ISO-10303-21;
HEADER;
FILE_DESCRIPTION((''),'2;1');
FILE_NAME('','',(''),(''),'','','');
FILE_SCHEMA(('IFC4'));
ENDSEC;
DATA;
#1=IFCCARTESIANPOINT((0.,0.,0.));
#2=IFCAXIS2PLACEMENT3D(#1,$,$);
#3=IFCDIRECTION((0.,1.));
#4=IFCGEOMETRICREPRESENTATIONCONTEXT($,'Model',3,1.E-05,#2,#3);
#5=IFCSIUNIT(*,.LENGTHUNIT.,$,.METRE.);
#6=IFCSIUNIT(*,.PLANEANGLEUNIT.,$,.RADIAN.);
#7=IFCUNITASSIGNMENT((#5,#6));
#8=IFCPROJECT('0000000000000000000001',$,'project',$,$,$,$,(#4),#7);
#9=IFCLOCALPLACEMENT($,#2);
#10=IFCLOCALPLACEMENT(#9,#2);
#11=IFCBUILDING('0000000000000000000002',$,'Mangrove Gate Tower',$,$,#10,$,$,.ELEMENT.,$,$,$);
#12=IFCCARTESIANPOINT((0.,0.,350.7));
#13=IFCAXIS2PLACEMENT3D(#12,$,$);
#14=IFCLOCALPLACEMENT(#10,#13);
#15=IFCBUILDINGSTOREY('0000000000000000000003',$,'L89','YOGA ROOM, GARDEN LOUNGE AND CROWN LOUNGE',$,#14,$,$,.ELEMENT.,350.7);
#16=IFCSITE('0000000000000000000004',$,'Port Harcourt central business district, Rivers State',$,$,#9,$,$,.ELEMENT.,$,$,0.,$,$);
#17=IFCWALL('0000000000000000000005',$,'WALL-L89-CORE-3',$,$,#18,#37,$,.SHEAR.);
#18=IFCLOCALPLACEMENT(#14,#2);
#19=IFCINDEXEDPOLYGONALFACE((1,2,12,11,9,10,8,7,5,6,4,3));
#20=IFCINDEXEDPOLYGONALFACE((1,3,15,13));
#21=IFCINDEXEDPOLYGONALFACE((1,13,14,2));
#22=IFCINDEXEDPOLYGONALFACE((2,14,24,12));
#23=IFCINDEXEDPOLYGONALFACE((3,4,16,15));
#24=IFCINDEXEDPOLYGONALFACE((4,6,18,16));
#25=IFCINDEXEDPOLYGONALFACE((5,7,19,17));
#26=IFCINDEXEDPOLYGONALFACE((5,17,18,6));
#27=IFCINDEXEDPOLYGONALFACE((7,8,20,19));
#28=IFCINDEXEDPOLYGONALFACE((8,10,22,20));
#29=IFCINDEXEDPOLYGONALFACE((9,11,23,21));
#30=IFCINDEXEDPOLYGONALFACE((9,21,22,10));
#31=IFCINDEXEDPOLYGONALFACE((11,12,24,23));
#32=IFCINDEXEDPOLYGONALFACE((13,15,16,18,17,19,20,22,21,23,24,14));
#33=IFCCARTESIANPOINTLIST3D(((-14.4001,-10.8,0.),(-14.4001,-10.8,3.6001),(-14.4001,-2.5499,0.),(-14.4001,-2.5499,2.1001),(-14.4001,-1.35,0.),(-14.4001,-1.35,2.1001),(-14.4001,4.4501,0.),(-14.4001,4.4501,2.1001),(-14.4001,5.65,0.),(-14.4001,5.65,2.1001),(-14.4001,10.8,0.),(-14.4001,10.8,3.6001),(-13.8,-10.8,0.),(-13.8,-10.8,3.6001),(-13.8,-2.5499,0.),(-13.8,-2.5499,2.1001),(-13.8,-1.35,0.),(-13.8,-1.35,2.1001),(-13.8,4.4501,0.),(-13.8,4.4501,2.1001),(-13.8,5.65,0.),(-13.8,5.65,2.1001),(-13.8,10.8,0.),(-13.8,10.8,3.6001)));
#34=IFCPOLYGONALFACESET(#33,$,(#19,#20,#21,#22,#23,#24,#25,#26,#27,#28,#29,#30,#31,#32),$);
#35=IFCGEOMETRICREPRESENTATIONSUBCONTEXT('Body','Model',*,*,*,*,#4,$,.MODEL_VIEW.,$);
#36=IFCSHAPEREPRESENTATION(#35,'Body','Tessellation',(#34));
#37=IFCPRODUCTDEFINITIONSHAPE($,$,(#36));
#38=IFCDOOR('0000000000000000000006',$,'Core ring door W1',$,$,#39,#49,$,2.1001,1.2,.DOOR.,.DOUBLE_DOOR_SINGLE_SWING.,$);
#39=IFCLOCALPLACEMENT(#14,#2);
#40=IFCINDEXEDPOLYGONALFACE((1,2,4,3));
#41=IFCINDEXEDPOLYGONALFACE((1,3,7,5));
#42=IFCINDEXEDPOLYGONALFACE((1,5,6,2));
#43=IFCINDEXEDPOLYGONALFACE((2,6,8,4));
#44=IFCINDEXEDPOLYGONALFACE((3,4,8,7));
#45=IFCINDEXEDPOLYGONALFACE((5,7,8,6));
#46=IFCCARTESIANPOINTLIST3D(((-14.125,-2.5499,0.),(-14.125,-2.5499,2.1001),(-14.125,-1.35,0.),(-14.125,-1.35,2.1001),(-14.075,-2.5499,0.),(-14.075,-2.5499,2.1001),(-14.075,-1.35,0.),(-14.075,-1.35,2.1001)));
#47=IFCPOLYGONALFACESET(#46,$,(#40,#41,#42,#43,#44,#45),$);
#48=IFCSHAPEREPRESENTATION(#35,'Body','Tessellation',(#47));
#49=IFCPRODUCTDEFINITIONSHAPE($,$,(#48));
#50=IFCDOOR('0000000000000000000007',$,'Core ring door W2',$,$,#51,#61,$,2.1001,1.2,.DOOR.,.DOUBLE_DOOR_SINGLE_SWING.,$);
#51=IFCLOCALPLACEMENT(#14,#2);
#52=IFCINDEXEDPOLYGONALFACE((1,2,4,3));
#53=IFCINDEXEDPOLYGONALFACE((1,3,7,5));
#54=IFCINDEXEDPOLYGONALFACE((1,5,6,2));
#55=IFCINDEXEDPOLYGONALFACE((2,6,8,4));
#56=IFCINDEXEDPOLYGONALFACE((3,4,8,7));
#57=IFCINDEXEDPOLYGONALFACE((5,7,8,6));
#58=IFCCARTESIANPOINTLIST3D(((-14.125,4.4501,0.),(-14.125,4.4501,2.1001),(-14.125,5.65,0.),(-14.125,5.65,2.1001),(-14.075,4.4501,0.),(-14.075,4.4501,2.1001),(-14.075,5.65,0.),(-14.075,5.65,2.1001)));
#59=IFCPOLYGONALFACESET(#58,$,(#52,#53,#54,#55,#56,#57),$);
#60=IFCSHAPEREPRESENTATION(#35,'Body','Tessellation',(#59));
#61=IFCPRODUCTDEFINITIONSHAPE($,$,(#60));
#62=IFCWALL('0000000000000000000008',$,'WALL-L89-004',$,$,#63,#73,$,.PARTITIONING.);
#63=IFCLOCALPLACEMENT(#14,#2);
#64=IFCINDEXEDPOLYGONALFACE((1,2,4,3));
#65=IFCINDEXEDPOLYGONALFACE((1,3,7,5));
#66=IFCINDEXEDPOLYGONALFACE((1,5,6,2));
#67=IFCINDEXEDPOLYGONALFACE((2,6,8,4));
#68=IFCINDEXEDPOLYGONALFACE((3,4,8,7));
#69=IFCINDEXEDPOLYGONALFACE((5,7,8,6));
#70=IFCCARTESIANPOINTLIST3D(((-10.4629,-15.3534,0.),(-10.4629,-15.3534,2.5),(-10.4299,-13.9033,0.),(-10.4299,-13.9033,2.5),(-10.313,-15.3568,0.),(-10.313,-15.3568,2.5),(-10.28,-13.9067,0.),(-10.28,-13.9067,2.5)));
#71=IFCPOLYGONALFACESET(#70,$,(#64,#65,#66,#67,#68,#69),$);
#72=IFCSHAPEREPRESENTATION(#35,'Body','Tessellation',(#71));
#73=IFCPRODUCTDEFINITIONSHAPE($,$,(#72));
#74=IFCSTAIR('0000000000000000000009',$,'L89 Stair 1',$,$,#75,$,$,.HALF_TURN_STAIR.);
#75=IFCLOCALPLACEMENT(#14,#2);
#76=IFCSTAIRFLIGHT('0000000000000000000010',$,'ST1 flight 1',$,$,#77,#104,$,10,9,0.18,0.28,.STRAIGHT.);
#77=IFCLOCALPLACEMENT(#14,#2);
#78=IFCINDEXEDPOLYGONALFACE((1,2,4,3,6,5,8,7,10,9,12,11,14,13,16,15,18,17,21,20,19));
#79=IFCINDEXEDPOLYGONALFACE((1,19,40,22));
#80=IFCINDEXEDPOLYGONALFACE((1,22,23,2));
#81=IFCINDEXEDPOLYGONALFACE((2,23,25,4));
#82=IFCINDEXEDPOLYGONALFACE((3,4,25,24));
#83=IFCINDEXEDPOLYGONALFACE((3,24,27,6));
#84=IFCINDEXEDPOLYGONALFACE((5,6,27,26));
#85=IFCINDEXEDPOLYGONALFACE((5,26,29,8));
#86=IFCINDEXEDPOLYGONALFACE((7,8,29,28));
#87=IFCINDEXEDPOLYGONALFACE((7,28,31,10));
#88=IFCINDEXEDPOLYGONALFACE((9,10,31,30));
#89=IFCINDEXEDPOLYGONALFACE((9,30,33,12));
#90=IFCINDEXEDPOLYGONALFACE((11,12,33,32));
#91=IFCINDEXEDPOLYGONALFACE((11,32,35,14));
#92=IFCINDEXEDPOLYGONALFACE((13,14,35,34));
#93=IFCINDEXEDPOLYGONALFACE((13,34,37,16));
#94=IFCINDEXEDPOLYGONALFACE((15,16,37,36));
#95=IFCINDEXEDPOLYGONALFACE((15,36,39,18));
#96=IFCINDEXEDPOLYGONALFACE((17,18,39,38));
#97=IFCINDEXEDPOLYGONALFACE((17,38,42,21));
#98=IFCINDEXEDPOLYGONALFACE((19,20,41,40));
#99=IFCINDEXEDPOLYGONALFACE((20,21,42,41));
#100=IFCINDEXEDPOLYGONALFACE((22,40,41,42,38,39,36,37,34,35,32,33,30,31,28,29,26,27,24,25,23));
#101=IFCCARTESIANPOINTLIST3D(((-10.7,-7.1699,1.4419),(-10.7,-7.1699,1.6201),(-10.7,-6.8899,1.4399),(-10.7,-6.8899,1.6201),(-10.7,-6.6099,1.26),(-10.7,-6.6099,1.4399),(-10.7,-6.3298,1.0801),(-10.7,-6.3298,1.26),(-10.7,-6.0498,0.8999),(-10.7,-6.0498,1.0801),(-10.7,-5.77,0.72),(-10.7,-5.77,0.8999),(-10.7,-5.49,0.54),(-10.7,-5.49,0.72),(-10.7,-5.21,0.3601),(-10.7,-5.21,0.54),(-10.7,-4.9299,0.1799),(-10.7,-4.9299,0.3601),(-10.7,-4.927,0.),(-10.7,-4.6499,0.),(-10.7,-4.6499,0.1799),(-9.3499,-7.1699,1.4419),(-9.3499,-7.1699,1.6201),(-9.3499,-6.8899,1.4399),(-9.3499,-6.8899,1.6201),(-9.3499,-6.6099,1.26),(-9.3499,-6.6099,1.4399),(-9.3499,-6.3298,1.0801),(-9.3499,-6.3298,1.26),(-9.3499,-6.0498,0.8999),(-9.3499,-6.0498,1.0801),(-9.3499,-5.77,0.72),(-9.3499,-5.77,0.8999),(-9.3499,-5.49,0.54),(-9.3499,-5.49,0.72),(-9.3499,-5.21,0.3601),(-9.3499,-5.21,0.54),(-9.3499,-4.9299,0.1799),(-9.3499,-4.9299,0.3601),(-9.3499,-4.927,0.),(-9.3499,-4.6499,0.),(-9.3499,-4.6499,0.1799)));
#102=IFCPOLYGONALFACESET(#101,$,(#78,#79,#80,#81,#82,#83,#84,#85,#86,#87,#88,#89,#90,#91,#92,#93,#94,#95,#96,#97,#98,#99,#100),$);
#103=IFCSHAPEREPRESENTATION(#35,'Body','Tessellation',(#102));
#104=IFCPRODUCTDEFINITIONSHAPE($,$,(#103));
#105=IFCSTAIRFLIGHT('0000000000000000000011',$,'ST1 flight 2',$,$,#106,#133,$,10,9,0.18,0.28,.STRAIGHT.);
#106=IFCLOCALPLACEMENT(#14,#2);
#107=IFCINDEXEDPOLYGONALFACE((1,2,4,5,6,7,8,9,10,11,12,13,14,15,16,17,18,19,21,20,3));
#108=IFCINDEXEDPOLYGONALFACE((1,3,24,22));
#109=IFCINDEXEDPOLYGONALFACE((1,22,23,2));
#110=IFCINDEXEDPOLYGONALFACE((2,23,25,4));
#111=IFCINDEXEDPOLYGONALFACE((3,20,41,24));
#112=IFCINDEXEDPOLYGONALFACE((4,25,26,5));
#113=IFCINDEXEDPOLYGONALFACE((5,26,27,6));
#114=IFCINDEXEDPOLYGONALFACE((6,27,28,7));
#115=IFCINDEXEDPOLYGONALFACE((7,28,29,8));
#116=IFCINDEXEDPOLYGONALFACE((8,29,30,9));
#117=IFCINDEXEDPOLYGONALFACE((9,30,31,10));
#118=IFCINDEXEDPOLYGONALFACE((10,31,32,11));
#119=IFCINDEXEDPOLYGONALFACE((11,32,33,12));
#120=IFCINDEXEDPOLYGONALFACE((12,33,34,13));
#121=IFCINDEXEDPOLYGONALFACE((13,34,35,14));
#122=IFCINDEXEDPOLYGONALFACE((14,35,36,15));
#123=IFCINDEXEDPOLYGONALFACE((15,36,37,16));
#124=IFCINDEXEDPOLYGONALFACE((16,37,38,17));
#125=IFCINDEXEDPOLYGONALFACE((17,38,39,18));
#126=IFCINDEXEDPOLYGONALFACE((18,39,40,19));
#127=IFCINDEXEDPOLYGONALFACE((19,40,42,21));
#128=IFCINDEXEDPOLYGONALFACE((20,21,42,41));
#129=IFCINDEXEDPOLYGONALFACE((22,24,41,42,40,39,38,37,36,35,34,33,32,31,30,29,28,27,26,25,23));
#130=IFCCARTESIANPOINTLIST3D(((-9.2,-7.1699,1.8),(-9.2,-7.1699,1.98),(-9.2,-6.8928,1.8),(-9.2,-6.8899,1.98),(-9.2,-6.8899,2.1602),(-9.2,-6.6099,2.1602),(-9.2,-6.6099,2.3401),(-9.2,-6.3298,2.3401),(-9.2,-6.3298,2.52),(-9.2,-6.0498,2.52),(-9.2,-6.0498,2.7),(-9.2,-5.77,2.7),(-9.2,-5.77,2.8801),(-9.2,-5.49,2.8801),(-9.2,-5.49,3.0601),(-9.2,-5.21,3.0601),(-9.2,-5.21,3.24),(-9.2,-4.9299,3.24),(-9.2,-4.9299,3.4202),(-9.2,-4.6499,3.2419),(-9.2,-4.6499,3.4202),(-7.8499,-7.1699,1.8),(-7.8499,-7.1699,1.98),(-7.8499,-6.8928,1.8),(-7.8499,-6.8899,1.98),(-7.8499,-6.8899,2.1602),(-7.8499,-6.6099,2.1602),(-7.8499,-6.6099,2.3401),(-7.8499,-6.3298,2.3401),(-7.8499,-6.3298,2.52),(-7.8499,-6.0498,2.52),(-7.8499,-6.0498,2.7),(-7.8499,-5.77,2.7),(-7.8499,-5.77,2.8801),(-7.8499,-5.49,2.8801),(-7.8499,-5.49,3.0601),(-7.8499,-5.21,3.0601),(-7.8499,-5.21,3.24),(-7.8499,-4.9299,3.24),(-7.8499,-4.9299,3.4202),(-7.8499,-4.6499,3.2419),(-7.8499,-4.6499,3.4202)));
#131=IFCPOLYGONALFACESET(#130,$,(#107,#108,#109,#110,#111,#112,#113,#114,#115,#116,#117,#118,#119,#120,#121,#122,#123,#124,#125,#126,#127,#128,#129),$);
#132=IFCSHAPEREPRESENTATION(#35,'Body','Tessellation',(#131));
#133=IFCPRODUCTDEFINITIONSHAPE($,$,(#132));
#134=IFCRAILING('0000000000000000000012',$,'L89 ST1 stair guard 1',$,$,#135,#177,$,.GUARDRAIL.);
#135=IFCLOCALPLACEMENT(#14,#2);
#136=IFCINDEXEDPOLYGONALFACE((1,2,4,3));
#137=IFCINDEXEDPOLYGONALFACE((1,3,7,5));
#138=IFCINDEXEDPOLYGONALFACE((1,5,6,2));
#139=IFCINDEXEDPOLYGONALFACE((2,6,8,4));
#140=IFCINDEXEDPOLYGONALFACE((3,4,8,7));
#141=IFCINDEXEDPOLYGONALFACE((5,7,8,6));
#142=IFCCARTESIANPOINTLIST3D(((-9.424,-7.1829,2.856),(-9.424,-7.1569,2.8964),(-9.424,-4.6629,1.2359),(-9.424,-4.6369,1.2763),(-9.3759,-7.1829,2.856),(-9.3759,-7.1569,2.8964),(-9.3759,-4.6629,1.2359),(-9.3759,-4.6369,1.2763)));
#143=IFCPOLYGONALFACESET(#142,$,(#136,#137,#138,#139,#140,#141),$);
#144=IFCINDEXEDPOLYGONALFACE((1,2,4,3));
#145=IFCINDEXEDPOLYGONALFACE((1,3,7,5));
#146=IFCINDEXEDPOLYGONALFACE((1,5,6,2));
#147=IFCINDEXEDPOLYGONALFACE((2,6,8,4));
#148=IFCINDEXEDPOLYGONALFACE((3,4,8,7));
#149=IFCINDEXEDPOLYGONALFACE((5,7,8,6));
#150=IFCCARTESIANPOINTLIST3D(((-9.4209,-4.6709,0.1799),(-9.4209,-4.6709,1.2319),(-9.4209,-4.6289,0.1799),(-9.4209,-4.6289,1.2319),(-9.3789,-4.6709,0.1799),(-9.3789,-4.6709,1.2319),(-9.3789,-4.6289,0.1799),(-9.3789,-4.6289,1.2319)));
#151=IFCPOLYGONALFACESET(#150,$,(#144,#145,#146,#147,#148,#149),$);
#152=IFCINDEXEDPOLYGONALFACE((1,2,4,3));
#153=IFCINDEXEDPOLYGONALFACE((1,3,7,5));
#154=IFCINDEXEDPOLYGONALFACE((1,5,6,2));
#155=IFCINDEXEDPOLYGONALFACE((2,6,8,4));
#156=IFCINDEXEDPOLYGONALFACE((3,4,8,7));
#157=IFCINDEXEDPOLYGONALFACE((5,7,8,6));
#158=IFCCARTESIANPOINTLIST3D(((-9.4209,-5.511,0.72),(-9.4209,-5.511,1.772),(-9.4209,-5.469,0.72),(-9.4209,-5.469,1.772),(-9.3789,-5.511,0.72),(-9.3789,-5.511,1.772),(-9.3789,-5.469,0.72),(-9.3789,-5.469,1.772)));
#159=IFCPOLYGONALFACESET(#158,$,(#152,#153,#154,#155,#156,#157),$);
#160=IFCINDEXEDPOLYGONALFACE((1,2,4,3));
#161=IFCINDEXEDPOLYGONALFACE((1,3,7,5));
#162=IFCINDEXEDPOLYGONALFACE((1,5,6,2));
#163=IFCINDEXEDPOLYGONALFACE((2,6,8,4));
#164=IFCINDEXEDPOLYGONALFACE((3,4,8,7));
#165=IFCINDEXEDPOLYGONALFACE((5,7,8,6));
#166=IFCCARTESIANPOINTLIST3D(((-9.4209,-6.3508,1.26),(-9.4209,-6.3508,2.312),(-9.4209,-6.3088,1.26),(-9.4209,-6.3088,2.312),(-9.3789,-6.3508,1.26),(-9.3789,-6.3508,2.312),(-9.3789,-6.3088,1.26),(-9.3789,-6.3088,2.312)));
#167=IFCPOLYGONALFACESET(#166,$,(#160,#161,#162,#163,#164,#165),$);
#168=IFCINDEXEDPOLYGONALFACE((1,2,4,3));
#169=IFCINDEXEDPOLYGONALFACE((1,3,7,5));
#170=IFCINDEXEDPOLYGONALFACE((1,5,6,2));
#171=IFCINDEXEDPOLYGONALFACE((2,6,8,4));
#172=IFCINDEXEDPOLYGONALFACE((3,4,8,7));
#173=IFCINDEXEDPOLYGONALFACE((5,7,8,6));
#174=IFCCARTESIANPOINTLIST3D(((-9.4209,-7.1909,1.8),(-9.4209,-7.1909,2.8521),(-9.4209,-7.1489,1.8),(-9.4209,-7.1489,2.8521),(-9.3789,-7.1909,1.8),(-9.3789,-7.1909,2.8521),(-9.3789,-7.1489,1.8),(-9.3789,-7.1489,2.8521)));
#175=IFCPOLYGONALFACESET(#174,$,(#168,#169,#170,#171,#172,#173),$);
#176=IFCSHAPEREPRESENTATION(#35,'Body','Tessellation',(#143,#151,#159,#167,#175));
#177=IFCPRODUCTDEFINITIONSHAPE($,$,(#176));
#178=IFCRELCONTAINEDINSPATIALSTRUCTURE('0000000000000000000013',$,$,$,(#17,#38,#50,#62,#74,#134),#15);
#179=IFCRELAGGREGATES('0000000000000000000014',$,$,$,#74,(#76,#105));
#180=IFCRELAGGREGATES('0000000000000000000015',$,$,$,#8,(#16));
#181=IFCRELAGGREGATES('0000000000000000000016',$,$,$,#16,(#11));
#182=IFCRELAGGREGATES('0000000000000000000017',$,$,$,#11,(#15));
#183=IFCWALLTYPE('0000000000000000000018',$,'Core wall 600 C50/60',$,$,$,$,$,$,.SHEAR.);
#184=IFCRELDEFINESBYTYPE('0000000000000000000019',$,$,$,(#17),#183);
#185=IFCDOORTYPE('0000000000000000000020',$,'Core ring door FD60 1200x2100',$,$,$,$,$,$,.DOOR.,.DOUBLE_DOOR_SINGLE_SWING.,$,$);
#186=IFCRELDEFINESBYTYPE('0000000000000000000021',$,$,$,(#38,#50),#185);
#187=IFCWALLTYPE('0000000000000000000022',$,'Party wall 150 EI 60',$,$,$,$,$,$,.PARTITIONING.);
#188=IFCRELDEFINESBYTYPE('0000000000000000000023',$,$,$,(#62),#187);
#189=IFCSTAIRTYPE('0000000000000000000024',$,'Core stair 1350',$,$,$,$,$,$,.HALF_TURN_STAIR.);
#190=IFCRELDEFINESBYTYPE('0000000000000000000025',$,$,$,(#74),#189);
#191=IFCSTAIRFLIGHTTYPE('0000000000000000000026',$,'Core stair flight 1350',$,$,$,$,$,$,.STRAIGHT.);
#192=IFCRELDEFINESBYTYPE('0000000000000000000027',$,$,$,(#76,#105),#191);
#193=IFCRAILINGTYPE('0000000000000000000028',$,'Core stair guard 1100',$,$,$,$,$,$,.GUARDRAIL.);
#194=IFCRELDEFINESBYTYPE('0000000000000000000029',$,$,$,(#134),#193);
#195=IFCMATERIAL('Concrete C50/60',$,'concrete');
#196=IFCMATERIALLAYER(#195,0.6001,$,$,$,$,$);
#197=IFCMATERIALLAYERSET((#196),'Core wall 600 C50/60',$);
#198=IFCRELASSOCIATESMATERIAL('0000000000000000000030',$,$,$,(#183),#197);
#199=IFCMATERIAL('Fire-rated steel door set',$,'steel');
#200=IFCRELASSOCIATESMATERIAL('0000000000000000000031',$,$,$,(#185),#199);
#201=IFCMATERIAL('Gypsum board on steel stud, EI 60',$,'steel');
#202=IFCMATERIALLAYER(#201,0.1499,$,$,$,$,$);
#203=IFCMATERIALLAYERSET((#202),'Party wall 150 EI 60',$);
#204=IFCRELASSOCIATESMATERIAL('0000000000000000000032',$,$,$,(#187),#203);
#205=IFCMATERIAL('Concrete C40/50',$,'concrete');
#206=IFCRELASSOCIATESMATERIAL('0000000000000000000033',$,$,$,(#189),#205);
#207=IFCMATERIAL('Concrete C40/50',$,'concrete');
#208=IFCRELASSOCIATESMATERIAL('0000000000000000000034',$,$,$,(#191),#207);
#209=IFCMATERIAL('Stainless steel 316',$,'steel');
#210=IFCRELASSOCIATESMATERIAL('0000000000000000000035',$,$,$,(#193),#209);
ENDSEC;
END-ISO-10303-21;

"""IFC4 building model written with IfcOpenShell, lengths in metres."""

from ifc_helpers import new_model, si_unit, direction, frame, frame_2d, origin, origin_2d, place, context, subcontext, project, spatial, polyline, rectangle, outline, extrude, material, layer, layer_set, type_object, element, fill, aggregate, save


model = new_model("IFC4")

# Units and contexts
model_context = context("Model", 3, precision=1e-05, world=origin(), true_north=direction((0.0, 1.0)))
body_context = subcontext(model_context, "Body", "Model", "MODEL_VIEW")
ifc_project = project(units=[si_unit("LENGTHUNIT", "METRE"), si_unit("PLANEANGLEUNIT", "RADIAN")], contexts=[model_context])

# Site, building, storey
site_placement = place(None, origin())
site = spatial("IfcSite", under=ifc_project, at=site_placement, Name="Port Harcourt central business district, Rivers State", CompositionType="ELEMENT", RefElevation=0.0)
building_placement = place(site_placement, origin())
building = spatial("IfcBuilding", under=site, at=building_placement, Name="Mangrove Gate Tower", CompositionType="ELEMENT")
storey_placement = place(building_placement, frame((0.0, 0.0, 350.7)))
storey = spatial("IfcBuildingStorey", under=building, at=storey_placement, Name="L89", Description="YOGA ROOM, GARDEN LOUNGE AND CROWN LOUNGE", CompositionType="ELEMENT", Elevation=350.7)

# Wall, openings, doors
ifc_material_1 = material(Name="Concrete C50/60", Category="concrete")
ifc_layer_1 = layer(ifc_material_1, 0.6001)
ifc_layer_set_1 = layer_set([ifc_layer_1], Name="Core wall 600 C50/60")
wall_type_1 = type_object("IfcWallType", Name="Core wall 600 C50/60", PredefinedType="SHEAR", material=ifc_layer_set_1)
wall_1_placement = place(storey_placement, frame((-14.1001, -10.8, 0.0), z_axis=(0.0, 0.0, 1.0), x_axis=(0.0, 1.0, 0.0)))
wall_1 = element("IfcWall", 1, at=wall_1_placement, inside=storey, type_object=wall_type_1, Name="WALL-L89-CORE-3", PredefinedType="SHEAR", context=body_context, shape_type="SweptSolid", body=[
    extrude(rectangle(XDim=21.6001, YDim=0.6001, at=frame_2d((10.8, 0.0))), origin(), (0.0, 0.0, 1.0), 3.6001),
])
opening_1_placement = place(wall_1_placement, frame((8.25, 0.0, 0.0)))
opening_1 = element("IfcOpeningElement", 2, at=opening_1_placement, cuts=wall_1, PredefinedType="OPENING", context=body_context, shape_type="SweptSolid", body=[
    extrude(rectangle(XDim=1.2, YDim=2.1001, at=frame_2d((0.6001, 1.05))), frame((0.0, 0.3101, 0.0), z_axis=(0.0, -1.0, 0.0), x_axis=(1.0, 0.0, 0.0)), (0.0, 0.0, 1.0), 0.6201),
])
opening_2_placement = place(wall_1_placement, frame((15.25, 0.0, 0.0)))
opening_2 = element("IfcOpeningElement", 3, at=opening_2_placement, cuts=wall_1, PredefinedType="OPENING", context=body_context, shape_type="SweptSolid", body=[
    extrude(rectangle(XDim=1.2, YDim=2.1001, at=frame_2d((0.6001, 1.05))), frame((0.0, 0.3101, 0.0), z_axis=(0.0, -1.0, 0.0), x_axis=(1.0, 0.0, 0.0)), (0.0, 0.0, 1.0), 0.6201),
])
ifc_material_2 = material(Name="Fire-rated steel door set", Category="steel")
door_type_1 = type_object("IfcDoorType", Name="Core ring door FD60 1200x2100", OperationType="DOUBLE_DOOR_SINGLE_SWING", PredefinedType="DOOR", material=ifc_material_2)
door_1_placement = place(opening_1_placement, origin())
door_1 = element("IfcDoor", 4, at=door_1_placement, inside=storey, type_object=door_type_1, Name="Core ring door W1", OperationType="DOUBLE_DOOR_SINGLE_SWING", OverallHeight=2.1001, OverallWidth=1.2, PredefinedType="DOOR", context=body_context, shape_type="SweptSolid", body=[
    extrude(rectangle(XDim=1.2, YDim=2.1001, at=frame_2d((0.6001, 1.05))), frame((0.0, 0.0249, 0.0), z_axis=(0.0, -1.0, 0.0), x_axis=(1.0, 0.0, 0.0)), (0.0, 0.0, 1.0), 0.05),
])
fill(opening_1, door_1)
door_2_placement = place(opening_2_placement, origin())
door_2 = element("IfcDoor", 5, at=door_2_placement, inside=storey, type_object=door_type_1, Name="Core ring door W2", OperationType="DOUBLE_DOOR_SINGLE_SWING", OverallHeight=2.1001, OverallWidth=1.2, PredefinedType="DOOR", context=body_context, shape_type="SweptSolid", body=[
    extrude(rectangle(XDim=1.2, YDim=2.1001, at=frame_2d((0.6001, 1.05))), frame((0.0, 0.0249, 0.0), z_axis=(0.0, -1.0, 0.0), x_axis=(1.0, 0.0, 0.0)), (0.0, 0.0, 1.0), 0.05),
])
fill(opening_2, door_2)

# Wall
ifc_material_3 = material(Name="Gypsum board on steel stud, EI 60", Category="steel")
ifc_layer_2 = layer(ifc_material_3, 0.1499)
ifc_layer_set_2 = layer_set([ifc_layer_2], Name="Party wall 150 EI 60")
wall_type_2 = type_object("IfcWallType", Name="Party wall 150 EI 60", PredefinedType="PARTITIONING", material=ifc_layer_set_2)
wall_2_placement = place(storey_placement, frame((-10.3879, -15.355, 0.0), z_axis=(0.0, 0.0, 1.0), x_axis=(0.022725, 0.999742, 0.0)))
element("IfcWall", 6, at=wall_2_placement, inside=storey, type_object=wall_type_2, Name="WALL-L89-004", PredefinedType="PARTITIONING", context=body_context, shape_type="SweptSolid", body=[
    extrude(rectangle(XDim=1.4504, YDim=0.1499, at=frame_2d((0.7251, 0.0))), origin(), (0.0, 0.0, 1.0), 2.5),
])

# Stair, stair flights
ifc_material_4 = material(Name="Concrete C40/50", Category="concrete")
stair_type = type_object("IfcStairType", Name="Core stair 1350", PredefinedType="HALF_TURN_STAIR", material=ifc_material_4)
stair_placement = place(storey_placement, origin())
stair = element("IfcStair", 7, at=stair_placement, inside=storey, type_object=stair_type, Name="L89 Stair 1", PredefinedType="HALF_TURN_STAIR")
ifc_material_5 = material(Name="Concrete C40/50", Category="concrete")
stair_flight_type = type_object("IfcStairFlightType", Name="Core stair flight 1350", PredefinedType="STRAIGHT", material=ifc_material_5)
stair_flight_1_placement = place(storey_placement, frame((-10.0249, -4.6499, 0.0), z_axis=(0.0, 0.0, 1.0), x_axis=(0.0, -1.0, 0.0)))
stair_flight_1 = element("IfcStairFlight", 8, at=stair_flight_1_placement, type_object=stair_flight_type, Name="ST1 flight 1", NumberOfRisers=10, NumberOfTreads=9, PredefinedType="STRAIGHT", RiserHeight=0.18, TreadLength=0.28, context=body_context, shape_type="SweptSolid", body=[
    extrude(outline(polyline([(0.0, 0.0), (0.0, 0.1799), (0.28, 0.1799), (0.28, 0.3601), (0.5601, 0.3601), (0.5601, 0.54), (0.8401, 0.54), (0.8401, 0.72), (1.1201, 0.72), (1.1201, 0.8999), (1.3999, 0.8999), (1.3999, 1.0801), (1.6799, 1.0801), (1.6799, 1.26), (1.96, 1.26), (1.96, 1.4399), (2.24, 1.4399), (2.24, 1.6201), (2.52, 1.6201), (2.52, 1.8), (2.52, 1.4419), (0.2771, 0.0), (0.0, 0.0)])), frame((0.0, 0.675, 0.0), z_axis=(0.0, -1.0, 0.0), x_axis=(1.0, 0.0, 0.0)), (0.0, 0.0, 1.0), 1.3501),
])
stair_flight_2_placement = place(storey_placement, frame((-8.5249, -7.1699, 1.8), z_axis=(0.0, 0.0, 1.0), x_axis=(0.0, 1.0, 0.0)))
stair_flight_2 = element("IfcStairFlight", 9, at=stair_flight_2_placement, type_object=stair_flight_type, Name="ST1 flight 2", NumberOfRisers=10, NumberOfTreads=9, PredefinedType="STRAIGHT", RiserHeight=0.18, TreadLength=0.28, context=body_context, shape_type="SweptSolid", body=[
    extrude(outline(polyline([(0.0, 0.0), (0.0, 0.1799), (0.28, 0.1799), (0.28, 0.3601), (0.5601, 0.3601), (0.5601, 0.54), (0.8401, 0.54), (0.8401, 0.72), (1.1201, 0.72), (1.1201, 0.8999), (1.3999, 0.8999), (1.3999, 1.0801), (1.6799, 1.0801), (1.6799, 1.26), (1.96, 1.26), (1.96, 1.4399), (2.24, 1.4399), (2.24, 1.6201), (2.52, 1.6201), (2.52, 1.8), (2.52, 1.4419), (0.2771, 0.0), (0.0, 0.0)])), frame((0.0, 0.675, 0.0), z_axis=(0.0, -1.0, 0.0), x_axis=(1.0, 0.0, 0.0)), (0.0, 0.0, 1.0), 1.3501),
])
aggregate(stair, [stair_flight_1, stair_flight_2])

# Railing
ifc_material_6 = material(Name="Stainless steel 316", Category="steel")
railing_type_1 = type_object("IfcRailingType", Name="Core stair guard 1100", PredefinedType="GUARDRAIL", material=ifc_material_6)
railing_1_placement = place(storey_placement, frame((-9.3999, -4.6499, 0.1799)))
element("IfcRailing", 10, at=railing_1_placement, inside=storey, type_object=railing_type_1, Name="L89 ST1 stair guard 1", PredefinedType="GUARDRAIL", context=body_context, shape_type="SweptSolid", body=[
    extrude(rectangle(XDim=0.0481, YDim=0.0481, at=origin_2d()), frame((0.0, 0.0, 1.0762), z_axis=(0.0, -0.841163, 0.540782), x_axis=(1.0, 0.0, 0.0)), (0.0, 0.0, 1.0), 2.9958),
    extrude(rectangle(XDim=0.042, YDim=0.042, at=origin_2d()), origin(), (0.0, 0.0, 1.0), 1.052),
    extrude(rectangle(XDim=0.042, YDim=0.042, at=origin_2d()), frame((0.0, -0.8401, 0.54)), (0.0, 0.0, 1.0), 1.052),
    extrude(rectangle(XDim=0.042, YDim=0.042, at=origin_2d()), frame((0.0, -1.6799, 1.0801)), (0.0, 0.0, 1.0), 1.052),
    extrude(rectangle(XDim=0.042, YDim=0.042, at=origin_2d()), frame((0.0, -2.52, 1.6201)), (0.0, 0.0, 1.0), 1.052),
])

save(model, "model.ifc")
